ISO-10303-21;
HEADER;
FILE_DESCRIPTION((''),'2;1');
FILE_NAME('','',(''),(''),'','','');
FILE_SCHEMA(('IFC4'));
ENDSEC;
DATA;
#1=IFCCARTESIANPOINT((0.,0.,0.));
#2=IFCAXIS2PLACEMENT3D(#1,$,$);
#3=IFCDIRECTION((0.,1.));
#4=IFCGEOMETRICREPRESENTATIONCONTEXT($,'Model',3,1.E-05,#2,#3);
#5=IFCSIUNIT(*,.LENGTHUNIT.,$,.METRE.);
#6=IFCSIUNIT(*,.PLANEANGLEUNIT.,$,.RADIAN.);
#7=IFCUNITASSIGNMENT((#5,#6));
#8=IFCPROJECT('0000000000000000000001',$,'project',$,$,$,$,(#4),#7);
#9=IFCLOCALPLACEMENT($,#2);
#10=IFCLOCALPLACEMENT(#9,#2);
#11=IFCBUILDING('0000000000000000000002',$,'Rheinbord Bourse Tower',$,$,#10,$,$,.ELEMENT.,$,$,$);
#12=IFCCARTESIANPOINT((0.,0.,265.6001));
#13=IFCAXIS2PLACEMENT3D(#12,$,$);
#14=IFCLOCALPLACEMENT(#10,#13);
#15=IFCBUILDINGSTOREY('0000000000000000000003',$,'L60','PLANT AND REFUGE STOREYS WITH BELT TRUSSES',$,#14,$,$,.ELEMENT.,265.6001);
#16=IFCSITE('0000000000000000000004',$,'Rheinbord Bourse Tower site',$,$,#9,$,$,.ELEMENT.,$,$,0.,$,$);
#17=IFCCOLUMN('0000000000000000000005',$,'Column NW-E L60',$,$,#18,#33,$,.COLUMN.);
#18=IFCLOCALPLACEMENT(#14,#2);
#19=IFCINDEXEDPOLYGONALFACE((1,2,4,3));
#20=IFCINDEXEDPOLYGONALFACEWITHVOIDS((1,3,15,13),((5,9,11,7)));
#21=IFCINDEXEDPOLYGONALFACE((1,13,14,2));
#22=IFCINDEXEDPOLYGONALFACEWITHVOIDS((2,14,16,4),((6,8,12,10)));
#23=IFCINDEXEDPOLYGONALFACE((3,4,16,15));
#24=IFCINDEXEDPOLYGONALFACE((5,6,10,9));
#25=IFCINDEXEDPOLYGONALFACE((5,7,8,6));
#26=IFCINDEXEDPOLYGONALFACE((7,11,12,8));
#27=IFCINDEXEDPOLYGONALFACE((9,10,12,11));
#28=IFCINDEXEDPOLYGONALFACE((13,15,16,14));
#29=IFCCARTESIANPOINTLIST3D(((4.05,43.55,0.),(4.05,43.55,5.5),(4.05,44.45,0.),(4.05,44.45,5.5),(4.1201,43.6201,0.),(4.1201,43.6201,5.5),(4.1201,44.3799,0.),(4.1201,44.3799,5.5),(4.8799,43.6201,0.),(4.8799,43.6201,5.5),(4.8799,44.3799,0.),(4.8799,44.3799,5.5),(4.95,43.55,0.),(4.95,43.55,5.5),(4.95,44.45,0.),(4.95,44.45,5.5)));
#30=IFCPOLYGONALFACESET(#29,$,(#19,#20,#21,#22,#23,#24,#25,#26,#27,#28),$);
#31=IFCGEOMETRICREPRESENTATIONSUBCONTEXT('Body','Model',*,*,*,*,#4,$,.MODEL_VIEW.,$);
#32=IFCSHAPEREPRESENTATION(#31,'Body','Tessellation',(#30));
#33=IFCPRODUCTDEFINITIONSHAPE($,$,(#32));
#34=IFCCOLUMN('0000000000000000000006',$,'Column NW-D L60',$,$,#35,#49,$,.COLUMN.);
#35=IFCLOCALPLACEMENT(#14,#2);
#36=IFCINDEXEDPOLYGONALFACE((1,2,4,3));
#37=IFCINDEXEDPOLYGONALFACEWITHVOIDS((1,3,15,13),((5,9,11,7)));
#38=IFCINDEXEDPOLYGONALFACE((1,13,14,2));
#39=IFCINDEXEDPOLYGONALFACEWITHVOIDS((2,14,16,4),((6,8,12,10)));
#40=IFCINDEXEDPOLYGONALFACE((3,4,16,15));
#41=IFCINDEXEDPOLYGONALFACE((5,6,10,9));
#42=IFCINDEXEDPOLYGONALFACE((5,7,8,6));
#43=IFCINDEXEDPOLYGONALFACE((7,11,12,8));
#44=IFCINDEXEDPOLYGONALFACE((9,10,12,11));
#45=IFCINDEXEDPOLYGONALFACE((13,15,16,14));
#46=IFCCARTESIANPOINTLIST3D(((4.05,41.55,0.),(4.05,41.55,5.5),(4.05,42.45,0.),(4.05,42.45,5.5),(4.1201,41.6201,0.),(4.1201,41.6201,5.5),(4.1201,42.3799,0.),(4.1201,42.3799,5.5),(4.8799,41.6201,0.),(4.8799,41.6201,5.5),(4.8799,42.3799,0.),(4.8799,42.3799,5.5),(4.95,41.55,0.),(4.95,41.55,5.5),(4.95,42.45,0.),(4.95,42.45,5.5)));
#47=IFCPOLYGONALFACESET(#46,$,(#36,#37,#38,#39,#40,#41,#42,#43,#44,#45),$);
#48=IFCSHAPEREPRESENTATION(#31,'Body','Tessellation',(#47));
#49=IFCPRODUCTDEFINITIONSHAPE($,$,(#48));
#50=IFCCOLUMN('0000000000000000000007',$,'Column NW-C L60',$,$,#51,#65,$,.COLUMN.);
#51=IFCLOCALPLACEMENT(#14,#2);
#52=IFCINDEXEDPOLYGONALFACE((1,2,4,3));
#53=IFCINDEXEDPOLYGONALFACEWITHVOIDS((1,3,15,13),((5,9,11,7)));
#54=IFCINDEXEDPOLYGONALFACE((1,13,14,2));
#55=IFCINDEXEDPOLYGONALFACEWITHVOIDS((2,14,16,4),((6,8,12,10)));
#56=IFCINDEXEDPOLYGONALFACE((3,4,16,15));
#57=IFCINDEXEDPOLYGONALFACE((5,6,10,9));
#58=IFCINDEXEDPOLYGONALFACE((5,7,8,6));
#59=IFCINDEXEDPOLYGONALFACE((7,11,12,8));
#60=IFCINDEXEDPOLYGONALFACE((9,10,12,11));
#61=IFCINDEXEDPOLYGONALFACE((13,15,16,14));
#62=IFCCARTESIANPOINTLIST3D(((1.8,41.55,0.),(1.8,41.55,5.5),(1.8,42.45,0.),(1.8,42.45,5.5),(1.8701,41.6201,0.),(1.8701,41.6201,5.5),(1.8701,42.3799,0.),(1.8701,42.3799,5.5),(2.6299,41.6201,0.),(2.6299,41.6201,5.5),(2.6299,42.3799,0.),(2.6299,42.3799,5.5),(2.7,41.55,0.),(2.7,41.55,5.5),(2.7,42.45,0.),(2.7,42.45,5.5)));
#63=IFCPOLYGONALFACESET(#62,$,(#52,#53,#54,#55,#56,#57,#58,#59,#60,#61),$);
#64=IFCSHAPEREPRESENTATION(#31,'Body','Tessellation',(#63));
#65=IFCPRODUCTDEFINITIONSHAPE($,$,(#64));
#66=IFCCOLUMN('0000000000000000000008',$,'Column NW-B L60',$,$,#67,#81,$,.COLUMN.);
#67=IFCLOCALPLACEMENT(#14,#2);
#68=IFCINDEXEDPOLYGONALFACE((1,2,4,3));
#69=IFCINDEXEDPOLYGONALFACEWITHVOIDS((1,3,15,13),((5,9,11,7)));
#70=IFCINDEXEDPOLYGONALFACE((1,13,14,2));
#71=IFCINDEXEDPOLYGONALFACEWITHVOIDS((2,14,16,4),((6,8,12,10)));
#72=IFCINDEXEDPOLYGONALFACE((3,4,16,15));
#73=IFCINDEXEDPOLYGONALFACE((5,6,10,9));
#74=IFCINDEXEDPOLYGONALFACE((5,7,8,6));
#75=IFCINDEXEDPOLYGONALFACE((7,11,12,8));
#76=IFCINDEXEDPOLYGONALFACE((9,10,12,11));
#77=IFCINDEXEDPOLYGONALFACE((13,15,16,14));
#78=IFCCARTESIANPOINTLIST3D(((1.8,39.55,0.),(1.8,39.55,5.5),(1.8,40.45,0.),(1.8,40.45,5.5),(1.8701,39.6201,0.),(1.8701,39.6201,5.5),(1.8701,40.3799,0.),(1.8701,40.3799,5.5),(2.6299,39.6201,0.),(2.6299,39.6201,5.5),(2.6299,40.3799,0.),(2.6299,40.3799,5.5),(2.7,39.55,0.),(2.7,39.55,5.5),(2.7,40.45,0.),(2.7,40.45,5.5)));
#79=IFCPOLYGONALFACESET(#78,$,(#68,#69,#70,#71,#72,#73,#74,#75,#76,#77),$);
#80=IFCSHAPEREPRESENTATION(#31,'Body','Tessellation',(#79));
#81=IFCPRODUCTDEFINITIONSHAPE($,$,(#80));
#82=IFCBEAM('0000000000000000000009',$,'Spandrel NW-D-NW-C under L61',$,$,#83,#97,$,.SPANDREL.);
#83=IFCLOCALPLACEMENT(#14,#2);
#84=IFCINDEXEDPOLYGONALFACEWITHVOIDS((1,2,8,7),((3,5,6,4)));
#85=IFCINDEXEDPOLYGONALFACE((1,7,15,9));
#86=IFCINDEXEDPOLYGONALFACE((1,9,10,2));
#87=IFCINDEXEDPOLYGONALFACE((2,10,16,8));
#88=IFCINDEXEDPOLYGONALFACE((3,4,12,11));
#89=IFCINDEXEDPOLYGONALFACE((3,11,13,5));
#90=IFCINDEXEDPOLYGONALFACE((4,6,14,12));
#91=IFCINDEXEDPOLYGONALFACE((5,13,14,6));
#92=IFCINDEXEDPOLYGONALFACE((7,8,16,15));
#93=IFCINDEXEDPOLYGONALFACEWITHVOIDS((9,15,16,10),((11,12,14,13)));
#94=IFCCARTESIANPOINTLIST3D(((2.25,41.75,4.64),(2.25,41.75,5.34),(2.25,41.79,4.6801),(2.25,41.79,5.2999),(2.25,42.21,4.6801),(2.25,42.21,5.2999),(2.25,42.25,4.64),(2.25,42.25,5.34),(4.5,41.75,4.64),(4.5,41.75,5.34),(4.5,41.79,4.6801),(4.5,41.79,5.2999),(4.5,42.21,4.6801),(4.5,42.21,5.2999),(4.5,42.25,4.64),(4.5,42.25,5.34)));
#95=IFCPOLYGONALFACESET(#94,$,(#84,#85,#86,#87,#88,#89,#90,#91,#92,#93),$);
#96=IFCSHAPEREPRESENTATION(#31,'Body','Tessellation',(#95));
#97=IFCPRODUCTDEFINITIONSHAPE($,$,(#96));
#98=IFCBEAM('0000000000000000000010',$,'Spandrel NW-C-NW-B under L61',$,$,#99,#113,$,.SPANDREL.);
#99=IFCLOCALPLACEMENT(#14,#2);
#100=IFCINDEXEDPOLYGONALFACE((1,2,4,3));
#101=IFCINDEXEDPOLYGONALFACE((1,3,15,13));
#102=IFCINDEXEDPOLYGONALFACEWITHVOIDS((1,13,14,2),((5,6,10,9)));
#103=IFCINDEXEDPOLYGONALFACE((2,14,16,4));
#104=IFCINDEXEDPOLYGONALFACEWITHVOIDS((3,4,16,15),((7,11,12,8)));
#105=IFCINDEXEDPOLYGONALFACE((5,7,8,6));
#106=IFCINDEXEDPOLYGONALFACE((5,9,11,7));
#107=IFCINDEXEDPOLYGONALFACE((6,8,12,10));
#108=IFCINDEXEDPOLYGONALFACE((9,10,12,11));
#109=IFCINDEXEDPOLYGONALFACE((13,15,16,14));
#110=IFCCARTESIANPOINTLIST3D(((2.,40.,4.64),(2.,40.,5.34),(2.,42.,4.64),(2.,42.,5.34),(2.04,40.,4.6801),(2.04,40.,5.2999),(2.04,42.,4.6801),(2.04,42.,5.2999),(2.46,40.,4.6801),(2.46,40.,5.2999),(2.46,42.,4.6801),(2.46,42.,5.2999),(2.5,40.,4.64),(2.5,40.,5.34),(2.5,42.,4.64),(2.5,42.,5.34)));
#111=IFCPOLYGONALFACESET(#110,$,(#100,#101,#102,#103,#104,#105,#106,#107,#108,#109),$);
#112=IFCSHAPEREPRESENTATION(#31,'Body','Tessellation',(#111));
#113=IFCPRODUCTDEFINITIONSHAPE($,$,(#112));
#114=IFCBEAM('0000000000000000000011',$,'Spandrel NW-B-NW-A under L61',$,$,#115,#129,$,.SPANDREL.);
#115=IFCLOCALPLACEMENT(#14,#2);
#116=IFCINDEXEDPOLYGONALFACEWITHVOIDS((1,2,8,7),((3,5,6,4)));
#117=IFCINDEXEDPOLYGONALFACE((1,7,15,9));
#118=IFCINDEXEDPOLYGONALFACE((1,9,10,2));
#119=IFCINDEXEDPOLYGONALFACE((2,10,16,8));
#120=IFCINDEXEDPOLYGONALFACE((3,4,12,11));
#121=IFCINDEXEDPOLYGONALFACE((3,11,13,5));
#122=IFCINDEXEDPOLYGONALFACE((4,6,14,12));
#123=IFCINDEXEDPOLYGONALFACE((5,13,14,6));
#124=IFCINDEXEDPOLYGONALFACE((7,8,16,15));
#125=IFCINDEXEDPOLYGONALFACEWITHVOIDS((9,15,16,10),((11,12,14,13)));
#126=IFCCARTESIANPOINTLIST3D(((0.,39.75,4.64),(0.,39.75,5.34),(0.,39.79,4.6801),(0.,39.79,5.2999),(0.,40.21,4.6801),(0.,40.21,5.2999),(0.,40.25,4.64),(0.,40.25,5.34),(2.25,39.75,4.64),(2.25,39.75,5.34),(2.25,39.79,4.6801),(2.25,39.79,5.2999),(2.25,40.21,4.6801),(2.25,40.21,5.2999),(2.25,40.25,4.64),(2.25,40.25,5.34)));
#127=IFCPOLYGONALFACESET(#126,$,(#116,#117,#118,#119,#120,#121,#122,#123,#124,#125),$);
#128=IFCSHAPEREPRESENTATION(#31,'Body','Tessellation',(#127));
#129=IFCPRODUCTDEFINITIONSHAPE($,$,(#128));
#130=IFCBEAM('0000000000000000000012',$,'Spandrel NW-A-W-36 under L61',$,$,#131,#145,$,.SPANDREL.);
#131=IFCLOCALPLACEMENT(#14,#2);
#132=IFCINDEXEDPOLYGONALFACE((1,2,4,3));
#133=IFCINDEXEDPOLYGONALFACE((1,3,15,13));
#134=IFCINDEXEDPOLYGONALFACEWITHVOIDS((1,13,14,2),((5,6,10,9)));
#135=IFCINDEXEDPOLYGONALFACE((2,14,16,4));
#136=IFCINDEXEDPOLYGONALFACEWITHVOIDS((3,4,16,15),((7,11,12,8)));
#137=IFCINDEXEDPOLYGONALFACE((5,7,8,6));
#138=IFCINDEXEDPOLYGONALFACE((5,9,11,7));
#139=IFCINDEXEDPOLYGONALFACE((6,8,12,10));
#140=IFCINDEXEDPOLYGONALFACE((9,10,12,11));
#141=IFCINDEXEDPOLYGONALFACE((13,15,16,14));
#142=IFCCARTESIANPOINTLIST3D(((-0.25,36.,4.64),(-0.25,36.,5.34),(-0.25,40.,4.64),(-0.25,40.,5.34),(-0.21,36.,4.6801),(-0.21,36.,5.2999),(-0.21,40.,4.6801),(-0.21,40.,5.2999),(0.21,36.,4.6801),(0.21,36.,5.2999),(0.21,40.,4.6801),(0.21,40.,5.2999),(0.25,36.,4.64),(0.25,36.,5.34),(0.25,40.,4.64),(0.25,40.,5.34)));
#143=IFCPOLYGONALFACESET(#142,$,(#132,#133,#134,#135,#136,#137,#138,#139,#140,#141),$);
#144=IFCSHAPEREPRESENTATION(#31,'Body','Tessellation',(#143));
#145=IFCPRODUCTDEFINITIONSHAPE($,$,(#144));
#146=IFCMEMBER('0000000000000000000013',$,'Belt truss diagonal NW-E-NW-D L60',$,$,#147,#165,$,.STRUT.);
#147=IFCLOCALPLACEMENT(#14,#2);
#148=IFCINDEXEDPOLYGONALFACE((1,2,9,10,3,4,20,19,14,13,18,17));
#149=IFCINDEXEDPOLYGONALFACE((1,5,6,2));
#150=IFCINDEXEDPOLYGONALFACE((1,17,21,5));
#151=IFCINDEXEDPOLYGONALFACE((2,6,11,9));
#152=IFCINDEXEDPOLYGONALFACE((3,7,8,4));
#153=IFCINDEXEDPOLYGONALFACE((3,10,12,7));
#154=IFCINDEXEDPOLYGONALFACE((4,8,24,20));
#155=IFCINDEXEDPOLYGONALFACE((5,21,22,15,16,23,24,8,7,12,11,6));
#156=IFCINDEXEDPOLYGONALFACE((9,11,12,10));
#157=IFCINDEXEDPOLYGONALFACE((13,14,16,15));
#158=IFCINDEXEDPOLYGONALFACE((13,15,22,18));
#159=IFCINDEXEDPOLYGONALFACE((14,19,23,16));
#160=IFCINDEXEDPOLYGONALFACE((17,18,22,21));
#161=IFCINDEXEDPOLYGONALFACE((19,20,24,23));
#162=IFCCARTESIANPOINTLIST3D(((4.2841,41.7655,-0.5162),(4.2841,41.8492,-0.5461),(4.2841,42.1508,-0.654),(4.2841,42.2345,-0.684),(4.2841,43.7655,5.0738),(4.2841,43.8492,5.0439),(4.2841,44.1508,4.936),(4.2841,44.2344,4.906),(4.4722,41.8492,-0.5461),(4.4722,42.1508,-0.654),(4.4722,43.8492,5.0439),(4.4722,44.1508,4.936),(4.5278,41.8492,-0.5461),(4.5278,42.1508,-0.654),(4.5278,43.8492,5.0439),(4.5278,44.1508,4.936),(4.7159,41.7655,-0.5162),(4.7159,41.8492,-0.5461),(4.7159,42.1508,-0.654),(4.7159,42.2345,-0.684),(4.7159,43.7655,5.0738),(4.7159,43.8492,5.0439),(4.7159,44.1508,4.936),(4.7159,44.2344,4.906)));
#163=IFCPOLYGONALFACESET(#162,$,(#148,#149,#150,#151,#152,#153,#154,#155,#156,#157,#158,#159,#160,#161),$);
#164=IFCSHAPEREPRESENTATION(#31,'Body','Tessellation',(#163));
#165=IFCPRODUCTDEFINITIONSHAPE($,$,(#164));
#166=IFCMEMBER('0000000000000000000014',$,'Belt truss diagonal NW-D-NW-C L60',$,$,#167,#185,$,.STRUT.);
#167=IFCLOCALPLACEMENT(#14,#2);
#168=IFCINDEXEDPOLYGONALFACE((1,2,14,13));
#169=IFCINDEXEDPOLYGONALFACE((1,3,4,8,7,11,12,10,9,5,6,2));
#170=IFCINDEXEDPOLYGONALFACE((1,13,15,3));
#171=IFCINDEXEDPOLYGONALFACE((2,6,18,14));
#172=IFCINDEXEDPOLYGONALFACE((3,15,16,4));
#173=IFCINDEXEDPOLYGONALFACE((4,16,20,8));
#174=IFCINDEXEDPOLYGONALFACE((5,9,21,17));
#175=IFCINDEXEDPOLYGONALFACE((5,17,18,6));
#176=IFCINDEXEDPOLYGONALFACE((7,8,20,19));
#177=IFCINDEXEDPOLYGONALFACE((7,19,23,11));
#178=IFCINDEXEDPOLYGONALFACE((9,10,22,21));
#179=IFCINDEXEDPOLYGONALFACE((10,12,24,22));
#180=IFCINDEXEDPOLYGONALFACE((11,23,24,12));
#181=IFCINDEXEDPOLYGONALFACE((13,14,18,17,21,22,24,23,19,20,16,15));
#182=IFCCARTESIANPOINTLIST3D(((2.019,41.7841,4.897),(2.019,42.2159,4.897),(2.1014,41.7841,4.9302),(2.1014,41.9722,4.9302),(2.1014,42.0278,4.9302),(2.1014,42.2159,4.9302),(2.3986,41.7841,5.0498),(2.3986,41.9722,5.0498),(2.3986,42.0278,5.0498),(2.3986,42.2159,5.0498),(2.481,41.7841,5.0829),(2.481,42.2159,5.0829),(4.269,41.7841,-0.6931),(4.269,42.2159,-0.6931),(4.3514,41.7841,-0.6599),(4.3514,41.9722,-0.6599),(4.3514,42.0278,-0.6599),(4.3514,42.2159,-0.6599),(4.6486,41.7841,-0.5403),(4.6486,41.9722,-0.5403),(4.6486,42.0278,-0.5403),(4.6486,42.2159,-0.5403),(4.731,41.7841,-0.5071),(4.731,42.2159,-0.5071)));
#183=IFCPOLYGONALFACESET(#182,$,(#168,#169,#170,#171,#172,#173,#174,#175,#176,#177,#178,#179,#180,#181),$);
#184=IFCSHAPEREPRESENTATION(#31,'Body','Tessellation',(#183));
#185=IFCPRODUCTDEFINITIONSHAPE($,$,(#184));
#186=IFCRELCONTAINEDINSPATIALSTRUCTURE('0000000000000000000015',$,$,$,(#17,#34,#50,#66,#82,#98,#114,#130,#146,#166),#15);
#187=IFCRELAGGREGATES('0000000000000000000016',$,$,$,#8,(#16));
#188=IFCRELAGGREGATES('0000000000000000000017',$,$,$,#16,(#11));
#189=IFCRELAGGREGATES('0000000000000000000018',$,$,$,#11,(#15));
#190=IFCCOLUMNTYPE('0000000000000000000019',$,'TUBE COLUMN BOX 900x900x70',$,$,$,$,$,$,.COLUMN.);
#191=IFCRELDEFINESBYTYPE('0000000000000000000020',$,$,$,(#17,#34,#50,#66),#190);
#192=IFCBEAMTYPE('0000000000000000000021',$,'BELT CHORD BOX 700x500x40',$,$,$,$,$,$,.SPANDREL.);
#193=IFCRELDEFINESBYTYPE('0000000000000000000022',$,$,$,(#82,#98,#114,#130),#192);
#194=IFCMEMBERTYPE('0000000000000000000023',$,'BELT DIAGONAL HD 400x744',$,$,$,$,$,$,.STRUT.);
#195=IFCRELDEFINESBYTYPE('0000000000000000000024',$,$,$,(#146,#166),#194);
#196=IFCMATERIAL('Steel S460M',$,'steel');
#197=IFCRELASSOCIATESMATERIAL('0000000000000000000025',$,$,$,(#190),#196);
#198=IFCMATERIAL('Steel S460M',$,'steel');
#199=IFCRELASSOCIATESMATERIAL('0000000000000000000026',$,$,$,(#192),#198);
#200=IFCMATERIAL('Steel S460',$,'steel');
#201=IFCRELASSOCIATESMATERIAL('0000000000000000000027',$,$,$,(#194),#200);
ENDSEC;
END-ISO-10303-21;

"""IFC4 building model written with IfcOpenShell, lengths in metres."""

from ifc_helpers import new_model, si_unit, direction, frame, origin, origin_2d, place, context, subcontext, project, spatial, hollow_rectangle, i_section, extrude, material, material_profile, profile_set, type_object, element, save


model = new_model("IFC4")

# Units and contexts
model_context = context("Model", 3, precision=1e-05, world=origin(), true_north=direction((0.0, 1.0)))
body_context = subcontext(model_context, "Body", "Model", "MODEL_VIEW")
ifc_project = project(units=[si_unit("LENGTHUNIT", "METRE"), si_unit("PLANEANGLEUNIT", "RADIAN")], contexts=[model_context])

# Site, building, storey
site_placement = place(None, origin())
site = spatial("IfcSite", under=ifc_project, at=site_placement, Name="Rheinbord Bourse Tower site", CompositionType="ELEMENT", RefElevation=0.0)
building_placement = place(site_placement, origin())
building = spatial("IfcBuilding", under=site, at=building_placement, Name="Rheinbord Bourse Tower", CompositionType="ELEMENT")
storey_placement = place(building_placement, frame((0.0, 0.0, 265.6001)))
storey = spatial("IfcBuildingStorey", under=building, at=storey_placement, Name="L60", Description="PLANT AND REFUGE STOREYS WITH BELT TRUSSES", CompositionType="ELEMENT", Elevation=265.6001)

# Columns
ifc_material_1 = material(Name="Steel S460M", Category="steel")
ifc_material_profile_1 = material_profile(ifc_material_1, hollow_rectangle(XDim=0.8999, YDim=0.8999, WallThickness=0.0701, at=origin_2d()), Name="BOX 900x900x70")
ifc_profile_set_1 = profile_set([ifc_material_profile_1], Name="Steel S460M")
column_type = type_object("IfcColumnType", Name="TUBE COLUMN BOX 900x900x70", PredefinedType="COLUMN", material=ifc_profile_set_1)
for number, where, z_axis, x_axis, name in (
    (1, (4.5, 44.0, 0.0), (0.0, 0.0, 1.0), (0.0, 1.0, 0.0), "Column NW-E L60"),
    (2, (4.5, 42.0, 0.0), (0.0, 0.0, 1.0), (0.0, 1.0, 0.0), "Column NW-D L60"),
    (3, (2.25, 42.0, 0.0), (0.0, 0.0, 1.0), (1.0, 0.0, 0.0), "Column NW-C L60"),
    (4, (2.25, 40.0, 0.0), (0.0, 0.0, 1.0), (1.0, 0.0, 0.0), "Column NW-B L60"),
):
    element("IfcColumn", number, at=place(storey_placement, frame(where, z_axis=z_axis, x_axis=x_axis)), inside=storey, type_object=column_type, Name=name, PredefinedType="COLUMN", context=body_context, shape_type="SweptSolid", body=[
        extrude(hollow_rectangle(XDim=0.8999, YDim=0.8999, WallThickness=0.0701, at=origin_2d()), origin(), (0.0, 0.0, 1.0), 5.5),
    ])

# Beams
ifc_material_2 = material(Name="Steel S460M", Category="steel")
ifc_material_profile_2 = material_profile(ifc_material_2, hollow_rectangle(XDim=0.5, YDim=0.7, WallThickness=0.04, at=origin_2d()), Name="BOX 700x500x40")
ifc_profile_set_2 = profile_set([ifc_material_profile_2], Name="Steel S460M")
beam_type = type_object("IfcBeamType", Name="BELT CHORD BOX 700x500x40", PredefinedType="SPANDREL", material=ifc_profile_set_2)
beam_1_placement = place(storey_placement, frame((4.5, 42.0, 4.99), z_axis=(-1.0, 0.0, 0.0), x_axis=(0.0, -1.0, 0.0)))
element("IfcBeam", 5, at=beam_1_placement, inside=storey, type_object=beam_type, Name="Spandrel NW-D-NW-C under L61", PredefinedType="SPANDREL", context=body_context, shape_type="SweptSolid", body=[
    extrude(hollow_rectangle(XDim=0.5, YDim=0.7, WallThickness=0.04, at=origin_2d()), origin(), (0.0, 0.0, 1.0), 2.25),
])
beam_2_placement = place(storey_placement, frame((2.25, 42.0, 4.99), z_axis=(0.0, -1.0, 0.0), x_axis=(1.0, 0.0, 0.0)))
element("IfcBeam", 6, at=beam_2_placement, inside=storey, type_object=beam_type, Name="Spandrel NW-C-NW-B under L61", PredefinedType="SPANDREL", context=body_context, shape_type="SweptSolid", body=[
    extrude(hollow_rectangle(XDim=0.5, YDim=0.7, WallThickness=0.04, at=origin_2d()), origin(), (0.0, 0.0, 1.0), 2.0),
])
beam_3_placement = place(storey_placement, frame((2.25, 40.0, 4.99), z_axis=(-1.0, 0.0, 0.0), x_axis=(0.0, -1.0, 0.0)))
element("IfcBeam", 7, at=beam_3_placement, inside=storey, type_object=beam_type, Name="Spandrel NW-B-NW-A under L61", PredefinedType="SPANDREL", context=body_context, shape_type="SweptSolid", body=[
    extrude(hollow_rectangle(XDim=0.5, YDim=0.7, WallThickness=0.04, at=origin_2d()), origin(), (0.0, 0.0, 1.0), 2.25),
])
beam_4_placement = place(storey_placement, frame((0.0, 40.0, 4.99), z_axis=(0.0, -1.0, 0.0), x_axis=(1.0, 0.0, 0.0)))
element("IfcBeam", 8, at=beam_4_placement, inside=storey, type_object=beam_type, Name="Spandrel NW-A-W-36 under L61", PredefinedType="SPANDREL", context=body_context, shape_type="SweptSolid", body=[
    extrude(hollow_rectangle(XDim=0.5, YDim=0.7, WallThickness=0.04, at=origin_2d()), origin(), (0.0, 0.0, 1.0), 4.0),
])

# Members
ifc_material_3 = material(Name="Steel S460", Category="steel")
ifc_material_profile_3 = material_profile(ifc_material_3, i_section(OverallWidth=0.4319, OverallDepth=0.498, WebThickness=0.0557, FlangeThickness=0.0889, at=origin_2d()), Name="HD 400x744")
ifc_profile_set_3 = profile_set([ifc_material_profile_3], Name="Steel S460")
member_type_1 = type_object("IfcMemberType", Name="BELT DIAGONAL HD 400x744", PredefinedType="STRUT", material=ifc_profile_set_3)
member_1_placement = place(storey_placement, frame((4.5, 42.0, -0.6001), z_axis=(0.0, 0.336865, 0.941553), x_axis=(-1.0, 0.0, 0.0)))
element("IfcMember", 9, at=member_1_placement, inside=storey, type_object=member_type_1, Name="Belt truss diagonal NW-E-NW-D L60", PredefinedType="STRUT", context=body_context, shape_type="SweptSolid", body=[
    extrude(i_section(OverallWidth=0.4319, OverallDepth=0.498, WebThickness=0.0557, FlangeThickness=0.0889, at=origin_2d()), origin(), (0.0, 0.0, 1.0), 5.937),
])
member_2_placement = place(storey_placement, frame((4.5, 42.0, -0.6001), z_axis=(-0.373388, 0.0, 0.927675), x_axis=(0.0, -1.0, 0.0)))
element("IfcMember", 10, at=member_2_placement, inside=storey, type_object=member_type_1, Name="Belt truss diagonal NW-D-NW-C L60", PredefinedType="STRUT", context=body_context, shape_type="SweptSolid", body=[
    extrude(i_section(OverallWidth=0.4319, OverallDepth=0.498, WebThickness=0.0557, FlangeThickness=0.0889, at=origin_2d()), origin(), (0.0, 0.0, 1.0), 6.0259),
])

save(model, "model.ifc")
